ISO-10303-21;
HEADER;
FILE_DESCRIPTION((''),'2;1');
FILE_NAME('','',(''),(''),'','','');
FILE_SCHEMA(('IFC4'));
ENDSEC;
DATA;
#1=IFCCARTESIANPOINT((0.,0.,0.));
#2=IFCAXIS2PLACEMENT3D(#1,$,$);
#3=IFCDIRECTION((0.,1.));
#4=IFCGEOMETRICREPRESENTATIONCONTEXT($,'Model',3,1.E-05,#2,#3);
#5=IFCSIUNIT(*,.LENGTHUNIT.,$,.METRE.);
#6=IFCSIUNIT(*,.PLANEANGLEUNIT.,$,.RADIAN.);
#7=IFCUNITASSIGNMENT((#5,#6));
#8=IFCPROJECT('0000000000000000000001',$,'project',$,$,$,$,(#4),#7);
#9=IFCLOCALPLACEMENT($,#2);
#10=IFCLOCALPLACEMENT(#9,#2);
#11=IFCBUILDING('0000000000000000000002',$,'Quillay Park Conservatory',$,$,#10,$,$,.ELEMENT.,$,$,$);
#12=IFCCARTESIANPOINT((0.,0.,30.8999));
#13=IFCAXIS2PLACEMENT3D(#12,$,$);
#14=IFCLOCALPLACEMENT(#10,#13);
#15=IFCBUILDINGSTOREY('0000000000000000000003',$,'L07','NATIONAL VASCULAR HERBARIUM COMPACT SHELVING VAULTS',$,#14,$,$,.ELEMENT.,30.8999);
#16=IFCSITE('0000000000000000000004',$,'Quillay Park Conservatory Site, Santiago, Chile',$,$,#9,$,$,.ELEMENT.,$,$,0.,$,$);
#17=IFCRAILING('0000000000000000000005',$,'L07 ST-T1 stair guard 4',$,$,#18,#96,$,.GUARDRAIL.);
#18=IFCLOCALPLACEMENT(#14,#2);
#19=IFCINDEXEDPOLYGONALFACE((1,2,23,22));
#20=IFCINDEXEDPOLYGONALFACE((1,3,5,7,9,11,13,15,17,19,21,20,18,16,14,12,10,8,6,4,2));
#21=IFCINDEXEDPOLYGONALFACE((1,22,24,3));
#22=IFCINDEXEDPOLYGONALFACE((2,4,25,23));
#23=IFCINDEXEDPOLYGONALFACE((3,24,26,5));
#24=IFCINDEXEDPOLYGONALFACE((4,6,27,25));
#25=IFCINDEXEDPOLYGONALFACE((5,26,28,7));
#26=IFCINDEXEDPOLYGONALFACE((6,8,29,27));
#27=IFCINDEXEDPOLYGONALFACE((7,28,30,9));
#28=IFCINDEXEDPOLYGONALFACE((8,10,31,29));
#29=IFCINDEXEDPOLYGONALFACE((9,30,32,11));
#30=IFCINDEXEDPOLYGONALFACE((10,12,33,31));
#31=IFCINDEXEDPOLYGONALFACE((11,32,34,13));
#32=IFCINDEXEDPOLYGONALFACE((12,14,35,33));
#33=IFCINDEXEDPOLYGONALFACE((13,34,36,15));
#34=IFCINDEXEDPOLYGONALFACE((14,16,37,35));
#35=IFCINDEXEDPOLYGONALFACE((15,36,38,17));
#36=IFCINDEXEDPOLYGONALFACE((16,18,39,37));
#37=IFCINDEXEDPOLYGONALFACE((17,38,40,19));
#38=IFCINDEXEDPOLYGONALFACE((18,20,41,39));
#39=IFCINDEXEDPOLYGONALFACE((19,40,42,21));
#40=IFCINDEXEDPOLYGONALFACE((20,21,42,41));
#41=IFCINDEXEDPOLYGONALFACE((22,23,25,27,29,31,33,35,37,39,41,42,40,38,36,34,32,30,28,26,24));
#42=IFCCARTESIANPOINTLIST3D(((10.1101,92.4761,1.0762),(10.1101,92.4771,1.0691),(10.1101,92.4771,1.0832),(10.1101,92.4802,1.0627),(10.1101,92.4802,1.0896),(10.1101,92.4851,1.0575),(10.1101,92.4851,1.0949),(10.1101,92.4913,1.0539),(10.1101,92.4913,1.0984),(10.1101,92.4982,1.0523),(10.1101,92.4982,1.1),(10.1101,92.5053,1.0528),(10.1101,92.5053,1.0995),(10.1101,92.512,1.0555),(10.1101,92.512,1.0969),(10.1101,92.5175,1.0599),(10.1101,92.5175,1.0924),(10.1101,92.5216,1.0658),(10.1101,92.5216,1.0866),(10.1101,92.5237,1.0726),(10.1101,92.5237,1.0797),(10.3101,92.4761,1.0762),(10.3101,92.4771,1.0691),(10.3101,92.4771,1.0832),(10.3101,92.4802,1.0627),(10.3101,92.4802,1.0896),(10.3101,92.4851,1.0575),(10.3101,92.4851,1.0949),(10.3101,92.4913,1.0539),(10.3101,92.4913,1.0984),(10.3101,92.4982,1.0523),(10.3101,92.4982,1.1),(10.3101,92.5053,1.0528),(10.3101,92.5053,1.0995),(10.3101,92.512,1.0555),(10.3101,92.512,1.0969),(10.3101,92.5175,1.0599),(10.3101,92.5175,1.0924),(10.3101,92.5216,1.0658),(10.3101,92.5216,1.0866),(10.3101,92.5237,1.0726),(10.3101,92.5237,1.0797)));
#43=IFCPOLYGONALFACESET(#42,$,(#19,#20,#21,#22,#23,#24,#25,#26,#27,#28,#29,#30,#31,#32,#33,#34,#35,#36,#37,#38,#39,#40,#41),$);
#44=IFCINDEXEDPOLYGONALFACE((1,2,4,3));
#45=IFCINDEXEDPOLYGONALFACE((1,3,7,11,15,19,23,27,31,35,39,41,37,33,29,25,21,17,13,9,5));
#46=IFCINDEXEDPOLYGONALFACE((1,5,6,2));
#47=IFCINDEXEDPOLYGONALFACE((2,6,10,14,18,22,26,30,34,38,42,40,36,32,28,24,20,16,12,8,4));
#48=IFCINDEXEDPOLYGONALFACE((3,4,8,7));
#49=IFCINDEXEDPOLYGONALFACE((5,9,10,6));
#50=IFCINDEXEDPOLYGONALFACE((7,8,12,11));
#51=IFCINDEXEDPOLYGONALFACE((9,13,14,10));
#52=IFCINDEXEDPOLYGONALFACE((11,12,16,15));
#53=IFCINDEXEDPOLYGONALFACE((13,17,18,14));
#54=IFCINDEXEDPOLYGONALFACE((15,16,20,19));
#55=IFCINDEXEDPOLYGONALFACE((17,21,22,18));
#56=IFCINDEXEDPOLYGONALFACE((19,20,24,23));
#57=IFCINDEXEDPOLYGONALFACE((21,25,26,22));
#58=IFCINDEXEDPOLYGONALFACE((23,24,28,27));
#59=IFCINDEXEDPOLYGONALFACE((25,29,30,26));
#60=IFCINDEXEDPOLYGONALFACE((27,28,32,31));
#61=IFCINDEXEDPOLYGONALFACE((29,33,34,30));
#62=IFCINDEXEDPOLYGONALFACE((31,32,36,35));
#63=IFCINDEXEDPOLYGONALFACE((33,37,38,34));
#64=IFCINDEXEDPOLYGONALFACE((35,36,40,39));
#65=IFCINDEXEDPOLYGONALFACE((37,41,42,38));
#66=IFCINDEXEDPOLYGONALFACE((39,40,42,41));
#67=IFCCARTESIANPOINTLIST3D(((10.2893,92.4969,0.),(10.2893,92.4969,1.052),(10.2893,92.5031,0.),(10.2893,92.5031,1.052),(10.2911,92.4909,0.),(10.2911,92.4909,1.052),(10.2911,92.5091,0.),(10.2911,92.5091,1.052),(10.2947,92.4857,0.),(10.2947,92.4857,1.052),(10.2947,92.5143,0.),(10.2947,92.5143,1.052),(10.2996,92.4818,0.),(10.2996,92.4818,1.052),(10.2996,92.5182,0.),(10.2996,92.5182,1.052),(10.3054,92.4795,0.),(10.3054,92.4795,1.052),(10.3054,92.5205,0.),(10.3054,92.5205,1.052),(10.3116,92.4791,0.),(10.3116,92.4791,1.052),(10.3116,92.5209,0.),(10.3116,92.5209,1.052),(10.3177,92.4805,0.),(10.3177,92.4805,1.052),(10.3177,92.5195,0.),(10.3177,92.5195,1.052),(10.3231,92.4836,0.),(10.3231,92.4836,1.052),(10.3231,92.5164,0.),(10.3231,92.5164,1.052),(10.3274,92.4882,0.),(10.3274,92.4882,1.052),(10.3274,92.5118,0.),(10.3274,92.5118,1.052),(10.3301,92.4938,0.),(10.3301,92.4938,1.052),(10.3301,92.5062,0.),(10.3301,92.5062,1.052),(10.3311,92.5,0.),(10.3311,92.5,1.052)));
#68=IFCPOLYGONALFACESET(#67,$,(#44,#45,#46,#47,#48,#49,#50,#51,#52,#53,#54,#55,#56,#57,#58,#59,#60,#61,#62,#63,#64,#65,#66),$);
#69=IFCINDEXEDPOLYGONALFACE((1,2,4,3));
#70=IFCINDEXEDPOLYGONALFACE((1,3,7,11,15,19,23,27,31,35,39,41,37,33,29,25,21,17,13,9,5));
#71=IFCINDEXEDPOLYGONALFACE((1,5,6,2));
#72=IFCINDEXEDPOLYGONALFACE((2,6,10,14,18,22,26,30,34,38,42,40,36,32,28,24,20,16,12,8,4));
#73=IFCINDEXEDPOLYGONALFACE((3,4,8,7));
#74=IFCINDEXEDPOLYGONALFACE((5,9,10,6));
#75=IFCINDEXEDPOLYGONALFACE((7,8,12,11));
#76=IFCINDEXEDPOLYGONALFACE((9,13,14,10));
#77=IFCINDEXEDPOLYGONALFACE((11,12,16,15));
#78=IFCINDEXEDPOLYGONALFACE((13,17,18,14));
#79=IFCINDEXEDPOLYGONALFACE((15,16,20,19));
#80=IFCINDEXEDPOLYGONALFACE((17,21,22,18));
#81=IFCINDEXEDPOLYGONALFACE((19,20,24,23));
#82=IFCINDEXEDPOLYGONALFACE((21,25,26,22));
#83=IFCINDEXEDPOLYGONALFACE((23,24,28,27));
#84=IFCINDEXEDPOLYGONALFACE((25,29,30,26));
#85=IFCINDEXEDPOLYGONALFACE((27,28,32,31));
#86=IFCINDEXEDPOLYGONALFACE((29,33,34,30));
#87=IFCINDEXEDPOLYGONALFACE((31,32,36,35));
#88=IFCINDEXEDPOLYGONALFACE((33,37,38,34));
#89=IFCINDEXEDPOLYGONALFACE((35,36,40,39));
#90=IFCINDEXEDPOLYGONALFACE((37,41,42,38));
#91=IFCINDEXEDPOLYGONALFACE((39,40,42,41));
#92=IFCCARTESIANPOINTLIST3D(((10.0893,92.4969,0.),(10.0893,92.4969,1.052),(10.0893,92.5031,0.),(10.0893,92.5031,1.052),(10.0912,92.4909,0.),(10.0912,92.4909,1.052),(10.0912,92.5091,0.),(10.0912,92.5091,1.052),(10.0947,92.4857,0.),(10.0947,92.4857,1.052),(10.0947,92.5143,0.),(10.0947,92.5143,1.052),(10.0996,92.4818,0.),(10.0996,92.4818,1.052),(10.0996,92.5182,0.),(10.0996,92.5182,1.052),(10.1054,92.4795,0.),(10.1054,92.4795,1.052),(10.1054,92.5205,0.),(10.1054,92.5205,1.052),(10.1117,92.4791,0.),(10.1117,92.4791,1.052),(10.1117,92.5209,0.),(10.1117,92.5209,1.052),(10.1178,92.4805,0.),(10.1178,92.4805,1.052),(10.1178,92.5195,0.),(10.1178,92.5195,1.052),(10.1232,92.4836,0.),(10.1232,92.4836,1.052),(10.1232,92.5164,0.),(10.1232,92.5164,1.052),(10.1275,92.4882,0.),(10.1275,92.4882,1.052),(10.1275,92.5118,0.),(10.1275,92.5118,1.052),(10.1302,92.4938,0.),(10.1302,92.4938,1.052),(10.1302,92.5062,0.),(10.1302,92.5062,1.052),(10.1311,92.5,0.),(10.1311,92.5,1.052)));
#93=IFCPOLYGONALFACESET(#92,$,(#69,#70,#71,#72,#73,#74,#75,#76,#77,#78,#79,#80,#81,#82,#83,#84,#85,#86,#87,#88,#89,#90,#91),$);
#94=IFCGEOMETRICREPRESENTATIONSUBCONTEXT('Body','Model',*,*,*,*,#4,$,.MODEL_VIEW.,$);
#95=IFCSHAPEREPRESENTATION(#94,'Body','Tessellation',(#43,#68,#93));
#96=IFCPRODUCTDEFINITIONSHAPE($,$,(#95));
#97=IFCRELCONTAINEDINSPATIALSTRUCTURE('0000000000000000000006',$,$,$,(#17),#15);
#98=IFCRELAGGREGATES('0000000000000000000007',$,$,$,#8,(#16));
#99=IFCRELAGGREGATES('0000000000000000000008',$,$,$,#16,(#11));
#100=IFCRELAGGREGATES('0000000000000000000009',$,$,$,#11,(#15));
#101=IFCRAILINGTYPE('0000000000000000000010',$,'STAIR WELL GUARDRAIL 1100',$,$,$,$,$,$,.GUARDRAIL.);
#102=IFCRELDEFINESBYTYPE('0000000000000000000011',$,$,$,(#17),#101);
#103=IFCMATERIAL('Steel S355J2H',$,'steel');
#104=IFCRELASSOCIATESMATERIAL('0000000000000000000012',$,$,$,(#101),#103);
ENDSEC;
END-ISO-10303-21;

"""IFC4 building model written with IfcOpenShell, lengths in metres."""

from ifc_helpers import new_model, si_unit, direction, frame, origin, origin_2d, place, context, subcontext, project, spatial, circle, extrude, material, type_object, element, save


model = new_model("IFC4")

# Units and contexts
model_context = context("Model", 3, precision=1e-05, world=origin(), true_north=direction((0.0, 1.0)))
body_context = subcontext(model_context, "Body", "Model", "MODEL_VIEW")
ifc_project = project(units=[si_unit("LENGTHUNIT", "METRE"), si_unit("PLANEANGLEUNIT", "RADIAN")], contexts=[model_context])

# Site, building, storey
site_placement = place(None, origin())
site = spatial("IfcSite", under=ifc_project, at=site_placement, Name="Quillay Park Conservatory Site, Santiago, Chile", CompositionType="ELEMENT", RefElevation=0.0)
building_placement = place(site_placement, origin())
building = spatial("IfcBuilding", under=site, at=building_placement, Name="Quillay Park Conservatory", CompositionType="ELEMENT")
storey_placement = place(building_placement, frame((0.0, 0.0, 30.8999)))
storey = spatial("IfcBuildingStorey", under=building, at=storey_placement, Name="L07", Description="NATIONAL VASCULAR HERBARIUM COMPACT SHELVING VAULTS", CompositionType="ELEMENT", Elevation=30.8999)

# Railing
ifc_material_1 = material(Name="Steel S355J2H", Category="steel")
railing_type_1 = type_object("IfcRailingType", Name="STAIR WELL GUARDRAIL 1100", PredefinedType="GUARDRAIL", material=ifc_material_1)
railing_1_placement = place(storey_placement, frame((10.3101, 92.5, 0.0)))
element("IfcRailing", 1, at=railing_1_placement, inside=storey, type_object=railing_type_1, Name="L07 ST-T1 stair guard 4", PredefinedType="GUARDRAIL", context=body_context, shape_type="SweptSolid", body=[
    extrude(circle(Radius=0.0239, at=origin_2d()), frame((0.0, 0.0, 1.0762), z_axis=(-1.0, 0.0, 0.0), x_axis=(0.0, -1.0, 0.0)), (0.0, 0.0, 1.0), 0.2),
    extrude(circle(Radius=0.021, at=origin_2d()), origin(), (0.0, 0.0, 1.0), 1.052),
    extrude(circle(Radius=0.021, at=origin_2d()), frame((-0.2, 0.0, 0.0)), (0.0, 0.0, 1.0), 1.052),
])

save(model, "model.ifc")
